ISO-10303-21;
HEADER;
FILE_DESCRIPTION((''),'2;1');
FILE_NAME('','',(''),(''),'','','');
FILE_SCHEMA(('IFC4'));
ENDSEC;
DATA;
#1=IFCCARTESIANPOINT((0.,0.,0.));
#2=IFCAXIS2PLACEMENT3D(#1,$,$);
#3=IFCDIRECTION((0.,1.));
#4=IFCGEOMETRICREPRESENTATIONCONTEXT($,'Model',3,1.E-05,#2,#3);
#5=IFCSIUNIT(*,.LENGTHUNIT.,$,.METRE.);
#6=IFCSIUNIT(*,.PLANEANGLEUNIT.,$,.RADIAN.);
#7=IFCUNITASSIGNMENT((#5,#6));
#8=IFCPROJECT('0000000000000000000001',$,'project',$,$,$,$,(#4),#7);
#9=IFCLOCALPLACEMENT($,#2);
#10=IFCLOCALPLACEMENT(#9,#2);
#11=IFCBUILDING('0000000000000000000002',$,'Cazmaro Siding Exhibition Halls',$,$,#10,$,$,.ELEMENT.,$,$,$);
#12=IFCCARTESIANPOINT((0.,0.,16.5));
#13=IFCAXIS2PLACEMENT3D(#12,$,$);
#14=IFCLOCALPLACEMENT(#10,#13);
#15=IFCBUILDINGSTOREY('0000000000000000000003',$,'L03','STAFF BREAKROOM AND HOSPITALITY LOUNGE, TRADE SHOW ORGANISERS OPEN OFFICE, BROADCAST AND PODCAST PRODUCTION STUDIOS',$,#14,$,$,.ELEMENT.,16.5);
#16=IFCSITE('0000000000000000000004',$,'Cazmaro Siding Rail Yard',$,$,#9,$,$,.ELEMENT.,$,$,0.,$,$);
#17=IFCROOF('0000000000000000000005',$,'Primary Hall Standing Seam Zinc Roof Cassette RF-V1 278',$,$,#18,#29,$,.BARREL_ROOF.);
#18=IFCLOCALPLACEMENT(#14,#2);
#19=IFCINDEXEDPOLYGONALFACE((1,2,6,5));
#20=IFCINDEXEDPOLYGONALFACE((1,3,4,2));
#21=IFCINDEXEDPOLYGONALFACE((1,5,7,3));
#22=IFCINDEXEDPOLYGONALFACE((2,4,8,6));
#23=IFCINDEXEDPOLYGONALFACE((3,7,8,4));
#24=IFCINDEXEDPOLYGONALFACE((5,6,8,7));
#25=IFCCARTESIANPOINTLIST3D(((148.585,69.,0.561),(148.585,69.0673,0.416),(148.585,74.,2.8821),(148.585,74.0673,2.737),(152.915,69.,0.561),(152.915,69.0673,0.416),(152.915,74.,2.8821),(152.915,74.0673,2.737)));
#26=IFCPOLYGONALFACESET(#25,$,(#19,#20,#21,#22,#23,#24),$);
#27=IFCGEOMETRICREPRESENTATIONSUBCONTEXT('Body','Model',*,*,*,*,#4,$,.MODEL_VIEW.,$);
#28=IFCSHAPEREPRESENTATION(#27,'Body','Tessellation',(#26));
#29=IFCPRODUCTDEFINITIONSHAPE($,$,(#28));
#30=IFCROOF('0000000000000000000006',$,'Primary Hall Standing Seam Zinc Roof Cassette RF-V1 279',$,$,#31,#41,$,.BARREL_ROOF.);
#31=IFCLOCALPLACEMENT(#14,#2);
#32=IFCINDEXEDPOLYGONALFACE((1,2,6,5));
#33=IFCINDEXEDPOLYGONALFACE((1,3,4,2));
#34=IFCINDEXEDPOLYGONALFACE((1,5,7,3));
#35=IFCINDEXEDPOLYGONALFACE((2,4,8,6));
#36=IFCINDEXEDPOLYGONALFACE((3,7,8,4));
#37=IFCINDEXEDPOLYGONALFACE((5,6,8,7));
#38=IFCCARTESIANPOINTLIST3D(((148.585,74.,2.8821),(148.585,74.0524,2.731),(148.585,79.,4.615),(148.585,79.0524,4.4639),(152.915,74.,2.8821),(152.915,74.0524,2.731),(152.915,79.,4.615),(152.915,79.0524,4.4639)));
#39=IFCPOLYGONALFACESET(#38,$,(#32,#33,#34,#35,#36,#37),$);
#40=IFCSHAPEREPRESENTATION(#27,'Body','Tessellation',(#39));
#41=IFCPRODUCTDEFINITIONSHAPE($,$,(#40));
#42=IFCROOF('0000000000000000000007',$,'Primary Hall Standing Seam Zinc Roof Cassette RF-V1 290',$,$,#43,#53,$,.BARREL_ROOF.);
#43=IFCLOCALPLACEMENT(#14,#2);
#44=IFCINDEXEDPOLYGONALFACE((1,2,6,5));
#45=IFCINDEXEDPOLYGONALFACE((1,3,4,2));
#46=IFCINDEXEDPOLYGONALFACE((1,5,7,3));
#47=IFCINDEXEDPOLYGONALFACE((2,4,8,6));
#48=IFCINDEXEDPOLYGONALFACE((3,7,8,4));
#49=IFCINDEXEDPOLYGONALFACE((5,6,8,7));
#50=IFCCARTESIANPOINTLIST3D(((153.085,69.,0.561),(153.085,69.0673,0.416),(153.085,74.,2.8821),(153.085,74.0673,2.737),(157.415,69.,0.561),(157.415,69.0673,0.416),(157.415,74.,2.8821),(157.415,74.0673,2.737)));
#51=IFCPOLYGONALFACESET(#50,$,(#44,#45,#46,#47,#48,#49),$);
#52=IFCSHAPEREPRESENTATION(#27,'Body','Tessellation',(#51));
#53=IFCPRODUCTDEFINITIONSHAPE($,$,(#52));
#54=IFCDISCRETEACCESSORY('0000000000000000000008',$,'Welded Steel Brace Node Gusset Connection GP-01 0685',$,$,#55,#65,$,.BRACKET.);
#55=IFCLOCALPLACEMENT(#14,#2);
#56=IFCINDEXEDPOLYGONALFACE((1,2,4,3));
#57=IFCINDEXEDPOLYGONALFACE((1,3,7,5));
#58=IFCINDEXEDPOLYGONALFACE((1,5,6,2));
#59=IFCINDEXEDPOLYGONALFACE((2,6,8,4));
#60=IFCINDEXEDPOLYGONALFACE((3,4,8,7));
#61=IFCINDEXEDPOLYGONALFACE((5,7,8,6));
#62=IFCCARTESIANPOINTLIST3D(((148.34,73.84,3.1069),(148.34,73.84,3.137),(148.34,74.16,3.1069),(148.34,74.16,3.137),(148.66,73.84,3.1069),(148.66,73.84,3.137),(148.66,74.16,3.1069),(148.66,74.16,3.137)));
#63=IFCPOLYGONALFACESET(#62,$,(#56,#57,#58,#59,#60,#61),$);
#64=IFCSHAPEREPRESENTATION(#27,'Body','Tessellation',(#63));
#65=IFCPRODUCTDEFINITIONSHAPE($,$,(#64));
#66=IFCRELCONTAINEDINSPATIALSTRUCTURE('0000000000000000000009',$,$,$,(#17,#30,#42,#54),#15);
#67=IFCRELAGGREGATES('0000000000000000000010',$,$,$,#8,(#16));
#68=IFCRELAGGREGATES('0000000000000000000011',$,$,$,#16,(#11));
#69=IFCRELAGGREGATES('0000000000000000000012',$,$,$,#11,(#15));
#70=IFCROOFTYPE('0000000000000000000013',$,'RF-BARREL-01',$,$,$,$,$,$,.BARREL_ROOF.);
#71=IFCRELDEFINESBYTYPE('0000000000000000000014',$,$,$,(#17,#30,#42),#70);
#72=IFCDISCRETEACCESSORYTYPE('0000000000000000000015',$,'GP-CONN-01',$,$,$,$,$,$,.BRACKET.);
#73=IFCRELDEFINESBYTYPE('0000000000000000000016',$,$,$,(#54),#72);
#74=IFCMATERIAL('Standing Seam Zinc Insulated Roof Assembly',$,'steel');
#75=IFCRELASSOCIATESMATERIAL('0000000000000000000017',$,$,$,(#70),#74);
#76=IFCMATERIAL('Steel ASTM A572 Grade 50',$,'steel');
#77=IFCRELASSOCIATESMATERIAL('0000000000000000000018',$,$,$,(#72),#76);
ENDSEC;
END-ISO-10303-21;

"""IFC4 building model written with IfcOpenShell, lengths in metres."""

from ifc_helpers import new_model, si_unit, direction, frame, origin, origin_2d, place, context, subcontext, project, spatial, polyline, rectangle, outline, extrude, material, type_object, element, save


model = new_model("IFC4")

# Units and contexts
model_context = context("Model", 3, precision=1e-05, world=origin(), true_north=direction((0.0, 1.0)))
body_context = subcontext(model_context, "Body", "Model", "MODEL_VIEW")
ifc_project = project(units=[si_unit("LENGTHUNIT", "METRE"), si_unit("PLANEANGLEUNIT", "RADIAN")], contexts=[model_context])

# Site, building, storey
site_placement = place(None, origin())
site = spatial("IfcSite", under=ifc_project, at=site_placement, Name="Cazmaro Siding Rail Yard", CompositionType="ELEMENT", RefElevation=0.0)
building_placement = place(site_placement, origin())
building = spatial("IfcBuilding", under=site, at=building_placement, Name="Cazmaro Siding Exhibition Halls", CompositionType="ELEMENT")
storey_placement = place(building_placement, frame((0.0, 0.0, 16.5)))
storey = spatial("IfcBuildingStorey", under=building, at=storey_placement, Name="L03", Description="STAFF BREAKROOM AND HOSPITALITY LOUNGE, TRADE SHOW ORGANISERS OPEN OFFICE, BROADCAST AND PODCAST PRODUCTION STUDIOS", CompositionType="ELEMENT", Elevation=16.5)

# Roofs
ifc_material_1 = material(Name="Standing Seam Zinc Insulated Roof Assembly", Category="steel")
roof_type = type_object("IfcRoofType", Name="RF-BARREL-01", PredefinedType="BARREL_ROOF", material=ifc_material_1)
roof_1_placement = place(storey_placement, frame((148.585, 69.0, 0.561), z_axis=(0.0, -0.421054, 0.907036), x_axis=(1.0, 0.0, 0.0)))
element("IfcRoof", 1, at=roof_1_placement, inside=storey, type_object=roof_type, Name="Primary Hall Standing Seam Zinc Roof Cassette RF-V1 278", PredefinedType="BARREL_ROOF", context=body_context, shape_type="SweptSolid", body=[
    extrude(outline(polyline([(0.0, 0.0), (4.3301, 0.0), (4.3301, 5.5125), (0.0, 5.5125), (0.0, 0.0)])), origin(), (0.0, 0.0, -1.0), 0.1599),
])
roof_2_placement = place(storey_placement, frame((148.585, 74.0, 2.8821), z_axis=(0.0, -0.327472, 0.944861), x_axis=(1.0, 0.0, 0.0)))
element("IfcRoof", 2, at=roof_2_placement, inside=storey, type_object=roof_type, Name="Primary Hall Standing Seam Zinc Roof Cassette RF-V1 279", PredefinedType="BARREL_ROOF", context=body_context, shape_type="SweptSolid", body=[
    extrude(outline(polyline([(0.0, 0.0), (4.3301, 0.0), (4.3301, 5.2918), (0.0, 5.2918), (0.0, 0.0)])), origin(), (0.0, 0.0, -1.0), 0.1599),
])
roof_3_placement = place(storey_placement, frame((153.085, 69.0, 0.561), z_axis=(0.0, -0.421054, 0.907036), x_axis=(1.0, 0.0, 0.0)))
element("IfcRoof", 3, at=roof_3_placement, inside=storey, type_object=roof_type, Name="Primary Hall Standing Seam Zinc Roof Cassette RF-V1 290", PredefinedType="BARREL_ROOF", context=body_context, shape_type="SweptSolid", body=[
    extrude(outline(polyline([(0.0, 0.0), (4.3301, 0.0), (4.3301, 5.5125), (0.0, 5.5125), (0.0, 0.0)])), origin(), (0.0, 0.0, -1.0), 0.1599),
])

# Discrete accessory
ifc_material_2 = material(Name="Steel ASTM A572 Grade 50", Category="steel")
discrete_accessory_type = type_object("IfcDiscreteAccessoryType", Name="GP-CONN-01", PredefinedType="BRACKET", material=ifc_material_2)
discrete_accessory_placement = place(storey_placement, frame((148.5, 74.0, 3.1069), z_axis=(0.0, 0.0, 1.0), x_axis=(1.0, 0.0, 0.0)))
element("IfcDiscreteAccessory", 4, at=discrete_accessory_placement, inside=storey, type_object=discrete_accessory_type, Name="Welded Steel Brace Node Gusset Connection GP-01 0685", PredefinedType="BRACKET", context=body_context, shape_type="SweptSolid", body=[
    extrude(rectangle(XDim=0.3201, YDim=0.3201, at=origin_2d()), origin(), (0.0, 0.0, 1.0), 0.03),
])

save(model, "model.ifc")
